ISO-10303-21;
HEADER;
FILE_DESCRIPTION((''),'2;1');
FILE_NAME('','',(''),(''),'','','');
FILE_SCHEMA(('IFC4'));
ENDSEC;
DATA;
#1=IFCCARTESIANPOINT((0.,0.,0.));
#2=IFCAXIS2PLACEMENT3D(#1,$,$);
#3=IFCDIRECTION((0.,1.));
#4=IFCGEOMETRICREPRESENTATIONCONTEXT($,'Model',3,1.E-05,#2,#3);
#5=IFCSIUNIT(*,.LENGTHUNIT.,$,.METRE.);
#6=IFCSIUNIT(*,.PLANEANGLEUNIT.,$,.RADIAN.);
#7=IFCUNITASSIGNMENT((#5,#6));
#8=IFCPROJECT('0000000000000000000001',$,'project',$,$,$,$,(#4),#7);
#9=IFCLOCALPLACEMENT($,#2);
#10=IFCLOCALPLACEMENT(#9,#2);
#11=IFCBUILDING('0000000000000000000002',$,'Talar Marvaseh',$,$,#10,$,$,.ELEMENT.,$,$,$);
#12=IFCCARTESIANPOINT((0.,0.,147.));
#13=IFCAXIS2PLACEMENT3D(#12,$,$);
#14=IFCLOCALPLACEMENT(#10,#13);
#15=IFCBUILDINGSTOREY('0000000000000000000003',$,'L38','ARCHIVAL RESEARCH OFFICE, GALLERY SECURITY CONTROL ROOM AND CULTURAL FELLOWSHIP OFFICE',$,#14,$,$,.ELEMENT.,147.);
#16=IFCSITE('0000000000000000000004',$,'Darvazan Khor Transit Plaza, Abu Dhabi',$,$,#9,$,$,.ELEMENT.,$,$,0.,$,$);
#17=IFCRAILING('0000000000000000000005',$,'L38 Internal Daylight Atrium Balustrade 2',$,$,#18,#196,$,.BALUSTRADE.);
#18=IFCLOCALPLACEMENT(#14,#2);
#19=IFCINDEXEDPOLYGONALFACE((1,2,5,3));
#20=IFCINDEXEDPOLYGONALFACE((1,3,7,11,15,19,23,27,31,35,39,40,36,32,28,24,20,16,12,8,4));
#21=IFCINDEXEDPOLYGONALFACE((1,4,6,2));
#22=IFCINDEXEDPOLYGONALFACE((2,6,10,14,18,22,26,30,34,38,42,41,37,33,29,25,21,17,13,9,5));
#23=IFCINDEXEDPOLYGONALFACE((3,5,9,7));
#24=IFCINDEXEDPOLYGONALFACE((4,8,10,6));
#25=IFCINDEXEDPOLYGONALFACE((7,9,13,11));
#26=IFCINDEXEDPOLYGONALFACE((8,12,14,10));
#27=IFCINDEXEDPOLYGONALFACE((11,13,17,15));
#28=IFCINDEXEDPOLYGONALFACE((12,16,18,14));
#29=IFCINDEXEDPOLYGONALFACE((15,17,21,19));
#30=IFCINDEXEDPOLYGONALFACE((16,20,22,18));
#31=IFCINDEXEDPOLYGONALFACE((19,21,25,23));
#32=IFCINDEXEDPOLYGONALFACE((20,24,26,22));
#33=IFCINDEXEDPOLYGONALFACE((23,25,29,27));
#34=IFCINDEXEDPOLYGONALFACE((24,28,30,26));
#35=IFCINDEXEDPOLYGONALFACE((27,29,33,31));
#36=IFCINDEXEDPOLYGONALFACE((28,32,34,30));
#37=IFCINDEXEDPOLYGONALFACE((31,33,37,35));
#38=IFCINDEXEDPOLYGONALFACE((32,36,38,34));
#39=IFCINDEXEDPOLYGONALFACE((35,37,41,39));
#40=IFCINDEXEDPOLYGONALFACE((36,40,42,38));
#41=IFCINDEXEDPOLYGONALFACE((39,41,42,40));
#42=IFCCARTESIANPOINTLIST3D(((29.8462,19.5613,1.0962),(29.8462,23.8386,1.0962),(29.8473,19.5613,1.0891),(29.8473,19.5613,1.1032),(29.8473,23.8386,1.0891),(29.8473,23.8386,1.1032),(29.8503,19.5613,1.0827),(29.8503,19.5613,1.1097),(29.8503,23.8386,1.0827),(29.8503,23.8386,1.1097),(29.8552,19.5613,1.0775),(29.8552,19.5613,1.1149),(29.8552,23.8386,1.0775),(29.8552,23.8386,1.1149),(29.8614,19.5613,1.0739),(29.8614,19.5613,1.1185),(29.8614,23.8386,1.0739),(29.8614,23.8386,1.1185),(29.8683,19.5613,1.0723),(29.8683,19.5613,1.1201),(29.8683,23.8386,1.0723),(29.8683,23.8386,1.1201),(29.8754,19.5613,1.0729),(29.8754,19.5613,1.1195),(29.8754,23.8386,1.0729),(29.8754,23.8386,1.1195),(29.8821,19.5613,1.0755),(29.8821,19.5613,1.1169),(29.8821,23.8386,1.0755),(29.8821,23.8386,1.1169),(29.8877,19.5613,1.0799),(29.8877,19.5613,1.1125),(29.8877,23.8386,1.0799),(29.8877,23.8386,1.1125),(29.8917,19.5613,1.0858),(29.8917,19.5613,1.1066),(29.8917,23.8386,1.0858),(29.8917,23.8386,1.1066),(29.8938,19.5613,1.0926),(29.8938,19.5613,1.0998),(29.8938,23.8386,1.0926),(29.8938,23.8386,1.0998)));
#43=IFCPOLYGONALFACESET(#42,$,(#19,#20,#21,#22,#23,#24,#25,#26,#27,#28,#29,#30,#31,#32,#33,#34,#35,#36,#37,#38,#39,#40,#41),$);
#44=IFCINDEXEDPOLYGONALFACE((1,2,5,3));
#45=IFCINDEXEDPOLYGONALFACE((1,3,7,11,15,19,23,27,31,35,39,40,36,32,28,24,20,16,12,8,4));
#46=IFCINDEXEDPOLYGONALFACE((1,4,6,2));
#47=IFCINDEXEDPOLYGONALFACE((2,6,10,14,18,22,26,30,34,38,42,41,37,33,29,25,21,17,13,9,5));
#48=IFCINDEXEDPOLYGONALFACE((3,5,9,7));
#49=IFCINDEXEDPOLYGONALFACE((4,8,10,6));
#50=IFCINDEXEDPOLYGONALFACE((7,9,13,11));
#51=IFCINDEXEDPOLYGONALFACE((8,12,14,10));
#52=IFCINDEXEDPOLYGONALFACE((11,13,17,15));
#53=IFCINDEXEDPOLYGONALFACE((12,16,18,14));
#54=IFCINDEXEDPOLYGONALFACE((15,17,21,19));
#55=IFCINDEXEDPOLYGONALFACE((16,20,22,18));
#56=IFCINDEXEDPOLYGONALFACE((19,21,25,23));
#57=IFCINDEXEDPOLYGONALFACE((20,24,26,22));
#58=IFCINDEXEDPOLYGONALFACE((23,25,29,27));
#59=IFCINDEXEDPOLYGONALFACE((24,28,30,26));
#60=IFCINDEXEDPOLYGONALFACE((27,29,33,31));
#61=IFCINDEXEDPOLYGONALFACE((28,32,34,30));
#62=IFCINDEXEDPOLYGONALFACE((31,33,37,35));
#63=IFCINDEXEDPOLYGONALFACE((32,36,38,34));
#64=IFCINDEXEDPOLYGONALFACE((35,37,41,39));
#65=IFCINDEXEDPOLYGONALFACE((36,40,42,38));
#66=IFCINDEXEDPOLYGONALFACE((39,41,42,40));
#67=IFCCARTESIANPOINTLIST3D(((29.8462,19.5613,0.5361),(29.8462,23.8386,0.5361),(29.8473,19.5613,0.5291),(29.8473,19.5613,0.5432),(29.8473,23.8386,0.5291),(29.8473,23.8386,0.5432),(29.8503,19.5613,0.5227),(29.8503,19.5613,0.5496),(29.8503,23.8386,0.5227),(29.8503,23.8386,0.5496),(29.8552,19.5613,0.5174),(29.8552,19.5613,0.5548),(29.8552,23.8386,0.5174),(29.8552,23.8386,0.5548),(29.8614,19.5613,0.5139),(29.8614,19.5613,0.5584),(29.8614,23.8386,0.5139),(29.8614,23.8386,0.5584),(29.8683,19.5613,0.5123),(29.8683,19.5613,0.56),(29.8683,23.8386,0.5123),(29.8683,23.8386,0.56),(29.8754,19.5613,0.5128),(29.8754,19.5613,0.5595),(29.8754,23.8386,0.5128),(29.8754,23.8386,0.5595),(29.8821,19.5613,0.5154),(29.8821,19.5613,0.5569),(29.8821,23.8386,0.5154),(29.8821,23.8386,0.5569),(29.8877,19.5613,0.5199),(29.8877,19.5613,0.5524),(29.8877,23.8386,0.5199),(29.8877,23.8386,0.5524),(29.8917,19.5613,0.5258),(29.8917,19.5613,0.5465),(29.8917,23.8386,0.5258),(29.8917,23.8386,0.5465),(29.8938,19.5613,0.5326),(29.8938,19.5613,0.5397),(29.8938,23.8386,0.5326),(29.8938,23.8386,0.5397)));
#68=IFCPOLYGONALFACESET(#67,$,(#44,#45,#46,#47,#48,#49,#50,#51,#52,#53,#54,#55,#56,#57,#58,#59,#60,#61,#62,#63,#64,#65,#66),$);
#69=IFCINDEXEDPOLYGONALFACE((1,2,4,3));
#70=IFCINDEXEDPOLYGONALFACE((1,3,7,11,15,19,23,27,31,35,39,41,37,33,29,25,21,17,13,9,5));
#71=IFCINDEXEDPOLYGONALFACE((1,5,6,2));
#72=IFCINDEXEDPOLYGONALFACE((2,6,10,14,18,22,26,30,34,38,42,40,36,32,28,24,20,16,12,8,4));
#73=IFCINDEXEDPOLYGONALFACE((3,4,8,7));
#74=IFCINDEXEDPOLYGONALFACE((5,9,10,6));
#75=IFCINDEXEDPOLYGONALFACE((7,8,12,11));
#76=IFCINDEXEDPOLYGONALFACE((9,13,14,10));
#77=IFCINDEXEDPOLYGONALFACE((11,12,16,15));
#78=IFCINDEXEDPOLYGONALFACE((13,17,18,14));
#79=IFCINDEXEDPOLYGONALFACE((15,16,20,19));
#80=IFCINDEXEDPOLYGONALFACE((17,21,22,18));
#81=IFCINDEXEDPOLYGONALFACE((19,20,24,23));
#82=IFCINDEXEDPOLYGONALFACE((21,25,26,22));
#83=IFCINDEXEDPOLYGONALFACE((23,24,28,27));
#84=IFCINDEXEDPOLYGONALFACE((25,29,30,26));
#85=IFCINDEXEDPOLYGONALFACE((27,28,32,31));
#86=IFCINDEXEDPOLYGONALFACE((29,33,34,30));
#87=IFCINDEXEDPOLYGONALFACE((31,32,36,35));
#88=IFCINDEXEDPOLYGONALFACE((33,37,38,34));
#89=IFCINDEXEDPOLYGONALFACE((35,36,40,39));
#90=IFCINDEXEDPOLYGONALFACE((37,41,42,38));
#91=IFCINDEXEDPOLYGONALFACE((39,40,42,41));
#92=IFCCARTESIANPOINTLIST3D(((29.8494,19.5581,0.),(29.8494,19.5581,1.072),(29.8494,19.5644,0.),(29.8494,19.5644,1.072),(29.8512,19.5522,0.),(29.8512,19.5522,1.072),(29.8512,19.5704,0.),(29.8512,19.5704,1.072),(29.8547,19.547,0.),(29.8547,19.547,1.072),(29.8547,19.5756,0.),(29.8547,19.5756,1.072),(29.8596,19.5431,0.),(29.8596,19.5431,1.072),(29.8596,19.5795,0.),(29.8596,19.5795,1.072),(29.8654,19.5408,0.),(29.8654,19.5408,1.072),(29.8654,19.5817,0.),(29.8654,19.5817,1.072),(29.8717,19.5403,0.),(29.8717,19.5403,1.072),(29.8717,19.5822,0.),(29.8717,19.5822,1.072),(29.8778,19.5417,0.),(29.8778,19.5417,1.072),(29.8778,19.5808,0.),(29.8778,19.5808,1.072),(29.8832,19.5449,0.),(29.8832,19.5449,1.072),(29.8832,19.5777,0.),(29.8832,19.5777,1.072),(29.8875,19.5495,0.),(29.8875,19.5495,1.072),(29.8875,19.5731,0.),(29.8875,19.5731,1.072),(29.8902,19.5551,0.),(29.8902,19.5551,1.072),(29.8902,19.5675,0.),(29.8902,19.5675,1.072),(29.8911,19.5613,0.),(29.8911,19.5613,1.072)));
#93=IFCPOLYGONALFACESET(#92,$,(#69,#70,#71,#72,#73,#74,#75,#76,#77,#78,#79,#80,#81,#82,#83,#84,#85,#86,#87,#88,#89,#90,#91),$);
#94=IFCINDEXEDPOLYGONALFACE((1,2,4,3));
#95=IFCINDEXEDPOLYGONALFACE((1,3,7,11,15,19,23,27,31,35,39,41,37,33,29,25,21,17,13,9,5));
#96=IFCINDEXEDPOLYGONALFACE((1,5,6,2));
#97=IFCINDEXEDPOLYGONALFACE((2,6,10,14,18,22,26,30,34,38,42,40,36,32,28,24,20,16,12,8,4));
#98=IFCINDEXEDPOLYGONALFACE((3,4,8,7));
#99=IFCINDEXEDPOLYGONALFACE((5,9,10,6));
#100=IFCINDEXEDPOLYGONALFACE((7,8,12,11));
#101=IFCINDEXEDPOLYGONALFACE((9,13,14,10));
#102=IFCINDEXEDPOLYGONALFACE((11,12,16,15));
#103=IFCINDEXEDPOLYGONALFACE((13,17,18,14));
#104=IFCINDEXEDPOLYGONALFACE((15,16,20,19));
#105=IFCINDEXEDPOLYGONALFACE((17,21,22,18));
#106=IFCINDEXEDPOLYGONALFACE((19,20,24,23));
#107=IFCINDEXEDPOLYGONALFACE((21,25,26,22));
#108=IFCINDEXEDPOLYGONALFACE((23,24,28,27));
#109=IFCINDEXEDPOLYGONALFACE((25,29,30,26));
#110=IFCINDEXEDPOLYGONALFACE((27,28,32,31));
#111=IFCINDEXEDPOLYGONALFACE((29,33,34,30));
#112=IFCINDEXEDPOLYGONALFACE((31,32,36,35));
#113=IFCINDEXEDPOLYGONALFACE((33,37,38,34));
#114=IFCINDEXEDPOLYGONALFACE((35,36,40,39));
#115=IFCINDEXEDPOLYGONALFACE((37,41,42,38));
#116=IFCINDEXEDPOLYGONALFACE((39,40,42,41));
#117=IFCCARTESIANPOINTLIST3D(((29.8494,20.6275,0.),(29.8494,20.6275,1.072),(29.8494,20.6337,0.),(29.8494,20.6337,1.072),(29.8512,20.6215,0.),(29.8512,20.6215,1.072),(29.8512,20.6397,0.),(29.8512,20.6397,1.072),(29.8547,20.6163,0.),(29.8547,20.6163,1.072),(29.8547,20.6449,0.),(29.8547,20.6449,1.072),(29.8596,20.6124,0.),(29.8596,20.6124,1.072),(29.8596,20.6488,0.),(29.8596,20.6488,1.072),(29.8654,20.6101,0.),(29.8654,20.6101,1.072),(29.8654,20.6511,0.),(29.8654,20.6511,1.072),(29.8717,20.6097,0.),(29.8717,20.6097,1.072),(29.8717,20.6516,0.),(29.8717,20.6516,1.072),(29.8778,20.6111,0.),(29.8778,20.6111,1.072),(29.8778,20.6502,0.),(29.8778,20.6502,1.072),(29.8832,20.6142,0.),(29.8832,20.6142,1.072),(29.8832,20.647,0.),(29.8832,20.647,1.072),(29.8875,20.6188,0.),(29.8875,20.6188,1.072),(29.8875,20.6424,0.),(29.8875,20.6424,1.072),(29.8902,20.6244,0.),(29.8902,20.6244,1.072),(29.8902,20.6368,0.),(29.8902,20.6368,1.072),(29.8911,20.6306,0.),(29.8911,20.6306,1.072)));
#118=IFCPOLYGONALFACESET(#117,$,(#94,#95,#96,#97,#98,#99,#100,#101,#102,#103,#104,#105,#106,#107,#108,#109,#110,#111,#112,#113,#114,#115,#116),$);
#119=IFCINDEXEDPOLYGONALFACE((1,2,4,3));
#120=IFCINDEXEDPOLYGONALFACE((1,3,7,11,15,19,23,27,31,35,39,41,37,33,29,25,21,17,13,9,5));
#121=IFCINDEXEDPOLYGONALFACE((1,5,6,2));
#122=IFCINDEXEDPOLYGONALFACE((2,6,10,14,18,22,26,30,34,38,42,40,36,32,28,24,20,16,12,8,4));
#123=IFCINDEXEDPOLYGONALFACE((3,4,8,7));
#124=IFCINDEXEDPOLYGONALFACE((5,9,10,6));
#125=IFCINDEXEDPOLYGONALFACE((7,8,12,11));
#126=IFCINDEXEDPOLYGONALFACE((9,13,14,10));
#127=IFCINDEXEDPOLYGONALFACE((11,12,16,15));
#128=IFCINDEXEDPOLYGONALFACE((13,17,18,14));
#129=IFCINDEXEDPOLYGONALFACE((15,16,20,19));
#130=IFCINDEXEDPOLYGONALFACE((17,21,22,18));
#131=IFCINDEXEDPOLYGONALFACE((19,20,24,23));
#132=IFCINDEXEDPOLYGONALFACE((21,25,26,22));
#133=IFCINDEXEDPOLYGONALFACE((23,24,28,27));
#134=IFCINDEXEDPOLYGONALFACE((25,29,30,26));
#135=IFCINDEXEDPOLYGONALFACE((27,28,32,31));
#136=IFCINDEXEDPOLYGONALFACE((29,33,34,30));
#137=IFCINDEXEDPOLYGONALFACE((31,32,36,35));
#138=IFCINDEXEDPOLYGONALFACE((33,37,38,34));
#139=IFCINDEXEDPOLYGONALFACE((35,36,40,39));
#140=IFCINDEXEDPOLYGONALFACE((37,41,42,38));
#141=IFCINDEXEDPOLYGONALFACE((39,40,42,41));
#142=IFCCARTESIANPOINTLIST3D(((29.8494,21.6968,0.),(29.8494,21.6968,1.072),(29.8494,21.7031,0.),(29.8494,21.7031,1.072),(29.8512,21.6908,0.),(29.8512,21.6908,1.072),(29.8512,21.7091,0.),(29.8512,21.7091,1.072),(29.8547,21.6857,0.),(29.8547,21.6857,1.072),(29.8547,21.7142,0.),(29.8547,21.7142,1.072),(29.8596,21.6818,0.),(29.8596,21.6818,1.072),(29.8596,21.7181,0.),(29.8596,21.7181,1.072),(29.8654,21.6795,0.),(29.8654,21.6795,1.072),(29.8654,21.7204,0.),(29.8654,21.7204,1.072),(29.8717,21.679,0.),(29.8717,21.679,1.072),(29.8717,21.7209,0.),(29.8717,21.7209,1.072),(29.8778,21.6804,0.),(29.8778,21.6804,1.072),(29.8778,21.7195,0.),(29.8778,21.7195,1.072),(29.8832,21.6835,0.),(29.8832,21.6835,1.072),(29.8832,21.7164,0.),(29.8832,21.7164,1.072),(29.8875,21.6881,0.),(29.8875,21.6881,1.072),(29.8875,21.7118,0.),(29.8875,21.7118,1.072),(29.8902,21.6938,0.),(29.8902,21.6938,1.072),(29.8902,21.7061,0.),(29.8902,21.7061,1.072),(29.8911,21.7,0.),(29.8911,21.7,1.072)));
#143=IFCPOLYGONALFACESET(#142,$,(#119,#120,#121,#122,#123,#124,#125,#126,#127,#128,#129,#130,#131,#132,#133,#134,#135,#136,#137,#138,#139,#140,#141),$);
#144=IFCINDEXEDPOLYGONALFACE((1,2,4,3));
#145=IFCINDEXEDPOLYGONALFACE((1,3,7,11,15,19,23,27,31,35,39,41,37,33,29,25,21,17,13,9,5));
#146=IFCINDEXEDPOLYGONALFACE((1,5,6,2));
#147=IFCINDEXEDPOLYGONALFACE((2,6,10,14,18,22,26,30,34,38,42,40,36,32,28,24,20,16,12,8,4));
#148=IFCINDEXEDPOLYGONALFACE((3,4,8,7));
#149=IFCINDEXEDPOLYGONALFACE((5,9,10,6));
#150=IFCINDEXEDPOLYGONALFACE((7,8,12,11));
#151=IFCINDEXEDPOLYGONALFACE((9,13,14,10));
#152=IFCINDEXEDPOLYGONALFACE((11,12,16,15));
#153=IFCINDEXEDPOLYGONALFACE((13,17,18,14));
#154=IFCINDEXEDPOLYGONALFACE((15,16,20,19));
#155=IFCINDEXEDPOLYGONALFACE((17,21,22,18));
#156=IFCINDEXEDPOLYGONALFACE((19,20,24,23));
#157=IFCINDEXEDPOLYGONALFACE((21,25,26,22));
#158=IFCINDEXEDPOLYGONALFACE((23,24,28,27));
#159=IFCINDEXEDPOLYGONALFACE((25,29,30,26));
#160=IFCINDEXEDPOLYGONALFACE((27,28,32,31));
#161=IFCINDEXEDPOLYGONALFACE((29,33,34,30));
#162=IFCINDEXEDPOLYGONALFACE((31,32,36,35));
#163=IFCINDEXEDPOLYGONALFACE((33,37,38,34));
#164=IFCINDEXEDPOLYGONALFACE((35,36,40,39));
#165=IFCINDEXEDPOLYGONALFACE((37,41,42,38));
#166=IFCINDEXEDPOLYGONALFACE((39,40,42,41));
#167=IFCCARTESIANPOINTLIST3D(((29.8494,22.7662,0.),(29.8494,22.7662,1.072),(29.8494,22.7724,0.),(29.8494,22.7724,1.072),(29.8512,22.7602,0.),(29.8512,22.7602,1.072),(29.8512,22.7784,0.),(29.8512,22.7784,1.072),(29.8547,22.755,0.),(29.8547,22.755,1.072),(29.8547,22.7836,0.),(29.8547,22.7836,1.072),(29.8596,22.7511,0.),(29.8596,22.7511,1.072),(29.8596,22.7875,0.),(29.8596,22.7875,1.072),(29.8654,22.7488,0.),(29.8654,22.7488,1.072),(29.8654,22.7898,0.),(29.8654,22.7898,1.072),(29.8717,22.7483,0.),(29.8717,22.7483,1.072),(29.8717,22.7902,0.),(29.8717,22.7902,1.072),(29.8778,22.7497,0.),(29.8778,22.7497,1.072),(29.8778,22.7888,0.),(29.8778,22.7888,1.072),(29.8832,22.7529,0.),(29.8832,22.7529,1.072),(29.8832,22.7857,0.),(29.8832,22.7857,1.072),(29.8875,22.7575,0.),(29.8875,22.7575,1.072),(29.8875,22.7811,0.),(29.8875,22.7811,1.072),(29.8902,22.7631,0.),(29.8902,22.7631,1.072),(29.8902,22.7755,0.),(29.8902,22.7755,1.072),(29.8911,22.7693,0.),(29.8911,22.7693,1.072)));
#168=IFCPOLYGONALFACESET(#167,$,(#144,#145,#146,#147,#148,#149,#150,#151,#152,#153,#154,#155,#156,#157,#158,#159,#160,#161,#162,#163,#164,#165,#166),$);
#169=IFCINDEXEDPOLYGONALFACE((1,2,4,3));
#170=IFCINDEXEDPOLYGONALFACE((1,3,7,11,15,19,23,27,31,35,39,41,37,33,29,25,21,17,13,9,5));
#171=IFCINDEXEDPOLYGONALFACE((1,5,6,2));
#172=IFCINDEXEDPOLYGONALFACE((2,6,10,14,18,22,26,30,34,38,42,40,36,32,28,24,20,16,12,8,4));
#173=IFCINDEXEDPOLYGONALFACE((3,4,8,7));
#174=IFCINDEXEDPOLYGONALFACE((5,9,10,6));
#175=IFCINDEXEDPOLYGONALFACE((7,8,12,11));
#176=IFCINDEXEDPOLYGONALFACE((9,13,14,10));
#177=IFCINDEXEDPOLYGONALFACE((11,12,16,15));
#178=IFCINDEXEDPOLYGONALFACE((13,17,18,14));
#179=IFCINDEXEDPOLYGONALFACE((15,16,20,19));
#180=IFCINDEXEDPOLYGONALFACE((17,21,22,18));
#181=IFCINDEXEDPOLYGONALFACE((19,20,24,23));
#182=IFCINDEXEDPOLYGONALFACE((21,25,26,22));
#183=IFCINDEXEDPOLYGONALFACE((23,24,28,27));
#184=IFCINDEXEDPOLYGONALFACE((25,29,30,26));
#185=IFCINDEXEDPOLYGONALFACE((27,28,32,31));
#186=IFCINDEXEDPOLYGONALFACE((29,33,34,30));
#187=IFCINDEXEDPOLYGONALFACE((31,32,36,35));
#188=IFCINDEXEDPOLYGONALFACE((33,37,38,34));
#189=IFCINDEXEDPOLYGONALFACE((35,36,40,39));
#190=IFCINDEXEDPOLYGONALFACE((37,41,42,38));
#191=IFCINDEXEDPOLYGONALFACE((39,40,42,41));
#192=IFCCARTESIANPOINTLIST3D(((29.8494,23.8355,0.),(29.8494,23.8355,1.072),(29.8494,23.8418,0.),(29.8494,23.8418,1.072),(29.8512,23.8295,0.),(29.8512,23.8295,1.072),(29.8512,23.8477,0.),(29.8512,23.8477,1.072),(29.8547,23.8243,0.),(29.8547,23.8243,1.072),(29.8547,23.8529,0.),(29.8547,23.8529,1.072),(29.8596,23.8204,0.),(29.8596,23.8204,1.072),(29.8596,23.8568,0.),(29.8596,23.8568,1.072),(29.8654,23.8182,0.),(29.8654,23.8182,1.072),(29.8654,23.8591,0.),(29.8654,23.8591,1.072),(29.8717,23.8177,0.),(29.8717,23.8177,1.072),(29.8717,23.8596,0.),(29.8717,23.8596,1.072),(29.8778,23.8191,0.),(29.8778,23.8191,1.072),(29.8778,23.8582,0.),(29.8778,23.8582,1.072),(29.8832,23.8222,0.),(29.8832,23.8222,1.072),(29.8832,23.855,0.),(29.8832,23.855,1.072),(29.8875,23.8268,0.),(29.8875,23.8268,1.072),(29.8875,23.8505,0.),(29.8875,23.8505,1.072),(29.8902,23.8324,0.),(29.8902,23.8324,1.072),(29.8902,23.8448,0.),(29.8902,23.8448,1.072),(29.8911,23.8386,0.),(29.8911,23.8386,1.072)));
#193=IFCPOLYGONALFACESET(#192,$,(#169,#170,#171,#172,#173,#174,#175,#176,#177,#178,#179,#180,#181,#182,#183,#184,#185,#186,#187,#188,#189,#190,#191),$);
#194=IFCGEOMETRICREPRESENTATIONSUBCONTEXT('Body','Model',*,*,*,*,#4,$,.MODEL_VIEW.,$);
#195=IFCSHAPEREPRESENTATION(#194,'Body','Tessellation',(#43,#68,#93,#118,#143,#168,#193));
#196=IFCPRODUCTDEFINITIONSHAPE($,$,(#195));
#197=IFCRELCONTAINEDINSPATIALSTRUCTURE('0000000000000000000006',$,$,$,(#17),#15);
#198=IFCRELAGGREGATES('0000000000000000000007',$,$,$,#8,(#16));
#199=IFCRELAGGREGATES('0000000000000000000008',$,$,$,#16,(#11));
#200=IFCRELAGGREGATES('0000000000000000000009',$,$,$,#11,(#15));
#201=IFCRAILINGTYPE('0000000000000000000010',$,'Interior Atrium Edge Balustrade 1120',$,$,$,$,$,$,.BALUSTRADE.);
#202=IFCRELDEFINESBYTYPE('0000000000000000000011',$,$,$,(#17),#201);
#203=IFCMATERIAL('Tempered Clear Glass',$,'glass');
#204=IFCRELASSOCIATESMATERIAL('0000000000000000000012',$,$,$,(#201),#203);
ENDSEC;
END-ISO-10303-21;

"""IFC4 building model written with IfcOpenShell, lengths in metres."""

from ifc_helpers import new_model, si_unit, direction, frame, origin, origin_2d, place, context, subcontext, project, spatial, circle, extrude, material, type_object, element, save


model = new_model("IFC4")

# Units and contexts
model_context = context("Model", 3, precision=1e-05, world=origin(), true_north=direction((0.0, 1.0)))
body_context = subcontext(model_context, "Body", "Model", "MODEL_VIEW")
ifc_project = project(units=[si_unit("LENGTHUNIT", "METRE"), si_unit("PLANEANGLEUNIT", "RADIAN")], contexts=[model_context])

# Site, building, storey
site_placement = place(None, origin())
site = spatial("IfcSite", under=ifc_project, at=site_placement, Name="Darvazan Khor Transit Plaza, Abu Dhabi", CompositionType="ELEMENT", RefElevation=0.0)
building_placement = place(site_placement, origin())
building = spatial("IfcBuilding", under=site, at=building_placement, Name="Talar Marvaseh", CompositionType="ELEMENT")
storey_placement = place(building_placement, frame((0.0, 0.0, 147.0)))
storey = spatial("IfcBuildingStorey", under=building, at=storey_placement, Name="L38", Description="ARCHIVAL RESEARCH OFFICE, GALLERY SECURITY CONTROL ROOM AND CULTURAL FELLOWSHIP OFFICE", CompositionType="ELEMENT", Elevation=147.0)

# Railing
ifc_material_1 = material(Name="Tempered Clear Glass", Category="glass")
railing_type_1 = type_object("IfcRailingType", Name="Interior Atrium Edge Balustrade 1120", PredefinedType="BALUSTRADE", material=ifc_material_1)
railing_1_placement = place(storey_placement, frame((29.8701, 19.5613, 0.0)))
element("IfcRailing", 1, at=railing_1_placement, inside=storey, type_object=railing_type_1, Name="L38 Internal Daylight Atrium Balustrade 2", PredefinedType="BALUSTRADE", context=body_context, shape_type="SweptSolid", body=[
    extrude(circle(Radius=0.0239, at=origin_2d()), frame((0.0, 0.0, 1.0962), z_axis=(0.0, 1.0, 0.0), x_axis=(-1.0, 0.0, 0.0)), (0.0, 0.0, 1.0), 4.2773),
    extrude(circle(Radius=0.0239, at=origin_2d()), frame((0.0, 0.0, 0.5361), z_axis=(0.0, 1.0, 0.0), x_axis=(-1.0, 0.0, 0.0)), (0.0, 0.0, 1.0), 4.2773),
    extrude(circle(Radius=0.021, at=origin_2d()), origin(), (0.0, 0.0, 1.0), 1.072),
    extrude(circle(Radius=0.021, at=origin_2d()), frame((0.0, 1.0693, 0.0)), (0.0, 0.0, 1.0), 1.072),
    extrude(circle(Radius=0.021, at=origin_2d()), frame((0.0, 2.1387, 0.0)), (0.0, 0.0, 1.0), 1.072),
    extrude(circle(Radius=0.021, at=origin_2d()), frame((0.0, 3.208, 0.0)), (0.0, 0.0, 1.0), 1.072),
    extrude(circle(Radius=0.021, at=origin_2d()), frame((0.0, 4.2773, 0.0)), (0.0, 0.0, 1.0), 1.072),
])

save(model, "model.ifc")
